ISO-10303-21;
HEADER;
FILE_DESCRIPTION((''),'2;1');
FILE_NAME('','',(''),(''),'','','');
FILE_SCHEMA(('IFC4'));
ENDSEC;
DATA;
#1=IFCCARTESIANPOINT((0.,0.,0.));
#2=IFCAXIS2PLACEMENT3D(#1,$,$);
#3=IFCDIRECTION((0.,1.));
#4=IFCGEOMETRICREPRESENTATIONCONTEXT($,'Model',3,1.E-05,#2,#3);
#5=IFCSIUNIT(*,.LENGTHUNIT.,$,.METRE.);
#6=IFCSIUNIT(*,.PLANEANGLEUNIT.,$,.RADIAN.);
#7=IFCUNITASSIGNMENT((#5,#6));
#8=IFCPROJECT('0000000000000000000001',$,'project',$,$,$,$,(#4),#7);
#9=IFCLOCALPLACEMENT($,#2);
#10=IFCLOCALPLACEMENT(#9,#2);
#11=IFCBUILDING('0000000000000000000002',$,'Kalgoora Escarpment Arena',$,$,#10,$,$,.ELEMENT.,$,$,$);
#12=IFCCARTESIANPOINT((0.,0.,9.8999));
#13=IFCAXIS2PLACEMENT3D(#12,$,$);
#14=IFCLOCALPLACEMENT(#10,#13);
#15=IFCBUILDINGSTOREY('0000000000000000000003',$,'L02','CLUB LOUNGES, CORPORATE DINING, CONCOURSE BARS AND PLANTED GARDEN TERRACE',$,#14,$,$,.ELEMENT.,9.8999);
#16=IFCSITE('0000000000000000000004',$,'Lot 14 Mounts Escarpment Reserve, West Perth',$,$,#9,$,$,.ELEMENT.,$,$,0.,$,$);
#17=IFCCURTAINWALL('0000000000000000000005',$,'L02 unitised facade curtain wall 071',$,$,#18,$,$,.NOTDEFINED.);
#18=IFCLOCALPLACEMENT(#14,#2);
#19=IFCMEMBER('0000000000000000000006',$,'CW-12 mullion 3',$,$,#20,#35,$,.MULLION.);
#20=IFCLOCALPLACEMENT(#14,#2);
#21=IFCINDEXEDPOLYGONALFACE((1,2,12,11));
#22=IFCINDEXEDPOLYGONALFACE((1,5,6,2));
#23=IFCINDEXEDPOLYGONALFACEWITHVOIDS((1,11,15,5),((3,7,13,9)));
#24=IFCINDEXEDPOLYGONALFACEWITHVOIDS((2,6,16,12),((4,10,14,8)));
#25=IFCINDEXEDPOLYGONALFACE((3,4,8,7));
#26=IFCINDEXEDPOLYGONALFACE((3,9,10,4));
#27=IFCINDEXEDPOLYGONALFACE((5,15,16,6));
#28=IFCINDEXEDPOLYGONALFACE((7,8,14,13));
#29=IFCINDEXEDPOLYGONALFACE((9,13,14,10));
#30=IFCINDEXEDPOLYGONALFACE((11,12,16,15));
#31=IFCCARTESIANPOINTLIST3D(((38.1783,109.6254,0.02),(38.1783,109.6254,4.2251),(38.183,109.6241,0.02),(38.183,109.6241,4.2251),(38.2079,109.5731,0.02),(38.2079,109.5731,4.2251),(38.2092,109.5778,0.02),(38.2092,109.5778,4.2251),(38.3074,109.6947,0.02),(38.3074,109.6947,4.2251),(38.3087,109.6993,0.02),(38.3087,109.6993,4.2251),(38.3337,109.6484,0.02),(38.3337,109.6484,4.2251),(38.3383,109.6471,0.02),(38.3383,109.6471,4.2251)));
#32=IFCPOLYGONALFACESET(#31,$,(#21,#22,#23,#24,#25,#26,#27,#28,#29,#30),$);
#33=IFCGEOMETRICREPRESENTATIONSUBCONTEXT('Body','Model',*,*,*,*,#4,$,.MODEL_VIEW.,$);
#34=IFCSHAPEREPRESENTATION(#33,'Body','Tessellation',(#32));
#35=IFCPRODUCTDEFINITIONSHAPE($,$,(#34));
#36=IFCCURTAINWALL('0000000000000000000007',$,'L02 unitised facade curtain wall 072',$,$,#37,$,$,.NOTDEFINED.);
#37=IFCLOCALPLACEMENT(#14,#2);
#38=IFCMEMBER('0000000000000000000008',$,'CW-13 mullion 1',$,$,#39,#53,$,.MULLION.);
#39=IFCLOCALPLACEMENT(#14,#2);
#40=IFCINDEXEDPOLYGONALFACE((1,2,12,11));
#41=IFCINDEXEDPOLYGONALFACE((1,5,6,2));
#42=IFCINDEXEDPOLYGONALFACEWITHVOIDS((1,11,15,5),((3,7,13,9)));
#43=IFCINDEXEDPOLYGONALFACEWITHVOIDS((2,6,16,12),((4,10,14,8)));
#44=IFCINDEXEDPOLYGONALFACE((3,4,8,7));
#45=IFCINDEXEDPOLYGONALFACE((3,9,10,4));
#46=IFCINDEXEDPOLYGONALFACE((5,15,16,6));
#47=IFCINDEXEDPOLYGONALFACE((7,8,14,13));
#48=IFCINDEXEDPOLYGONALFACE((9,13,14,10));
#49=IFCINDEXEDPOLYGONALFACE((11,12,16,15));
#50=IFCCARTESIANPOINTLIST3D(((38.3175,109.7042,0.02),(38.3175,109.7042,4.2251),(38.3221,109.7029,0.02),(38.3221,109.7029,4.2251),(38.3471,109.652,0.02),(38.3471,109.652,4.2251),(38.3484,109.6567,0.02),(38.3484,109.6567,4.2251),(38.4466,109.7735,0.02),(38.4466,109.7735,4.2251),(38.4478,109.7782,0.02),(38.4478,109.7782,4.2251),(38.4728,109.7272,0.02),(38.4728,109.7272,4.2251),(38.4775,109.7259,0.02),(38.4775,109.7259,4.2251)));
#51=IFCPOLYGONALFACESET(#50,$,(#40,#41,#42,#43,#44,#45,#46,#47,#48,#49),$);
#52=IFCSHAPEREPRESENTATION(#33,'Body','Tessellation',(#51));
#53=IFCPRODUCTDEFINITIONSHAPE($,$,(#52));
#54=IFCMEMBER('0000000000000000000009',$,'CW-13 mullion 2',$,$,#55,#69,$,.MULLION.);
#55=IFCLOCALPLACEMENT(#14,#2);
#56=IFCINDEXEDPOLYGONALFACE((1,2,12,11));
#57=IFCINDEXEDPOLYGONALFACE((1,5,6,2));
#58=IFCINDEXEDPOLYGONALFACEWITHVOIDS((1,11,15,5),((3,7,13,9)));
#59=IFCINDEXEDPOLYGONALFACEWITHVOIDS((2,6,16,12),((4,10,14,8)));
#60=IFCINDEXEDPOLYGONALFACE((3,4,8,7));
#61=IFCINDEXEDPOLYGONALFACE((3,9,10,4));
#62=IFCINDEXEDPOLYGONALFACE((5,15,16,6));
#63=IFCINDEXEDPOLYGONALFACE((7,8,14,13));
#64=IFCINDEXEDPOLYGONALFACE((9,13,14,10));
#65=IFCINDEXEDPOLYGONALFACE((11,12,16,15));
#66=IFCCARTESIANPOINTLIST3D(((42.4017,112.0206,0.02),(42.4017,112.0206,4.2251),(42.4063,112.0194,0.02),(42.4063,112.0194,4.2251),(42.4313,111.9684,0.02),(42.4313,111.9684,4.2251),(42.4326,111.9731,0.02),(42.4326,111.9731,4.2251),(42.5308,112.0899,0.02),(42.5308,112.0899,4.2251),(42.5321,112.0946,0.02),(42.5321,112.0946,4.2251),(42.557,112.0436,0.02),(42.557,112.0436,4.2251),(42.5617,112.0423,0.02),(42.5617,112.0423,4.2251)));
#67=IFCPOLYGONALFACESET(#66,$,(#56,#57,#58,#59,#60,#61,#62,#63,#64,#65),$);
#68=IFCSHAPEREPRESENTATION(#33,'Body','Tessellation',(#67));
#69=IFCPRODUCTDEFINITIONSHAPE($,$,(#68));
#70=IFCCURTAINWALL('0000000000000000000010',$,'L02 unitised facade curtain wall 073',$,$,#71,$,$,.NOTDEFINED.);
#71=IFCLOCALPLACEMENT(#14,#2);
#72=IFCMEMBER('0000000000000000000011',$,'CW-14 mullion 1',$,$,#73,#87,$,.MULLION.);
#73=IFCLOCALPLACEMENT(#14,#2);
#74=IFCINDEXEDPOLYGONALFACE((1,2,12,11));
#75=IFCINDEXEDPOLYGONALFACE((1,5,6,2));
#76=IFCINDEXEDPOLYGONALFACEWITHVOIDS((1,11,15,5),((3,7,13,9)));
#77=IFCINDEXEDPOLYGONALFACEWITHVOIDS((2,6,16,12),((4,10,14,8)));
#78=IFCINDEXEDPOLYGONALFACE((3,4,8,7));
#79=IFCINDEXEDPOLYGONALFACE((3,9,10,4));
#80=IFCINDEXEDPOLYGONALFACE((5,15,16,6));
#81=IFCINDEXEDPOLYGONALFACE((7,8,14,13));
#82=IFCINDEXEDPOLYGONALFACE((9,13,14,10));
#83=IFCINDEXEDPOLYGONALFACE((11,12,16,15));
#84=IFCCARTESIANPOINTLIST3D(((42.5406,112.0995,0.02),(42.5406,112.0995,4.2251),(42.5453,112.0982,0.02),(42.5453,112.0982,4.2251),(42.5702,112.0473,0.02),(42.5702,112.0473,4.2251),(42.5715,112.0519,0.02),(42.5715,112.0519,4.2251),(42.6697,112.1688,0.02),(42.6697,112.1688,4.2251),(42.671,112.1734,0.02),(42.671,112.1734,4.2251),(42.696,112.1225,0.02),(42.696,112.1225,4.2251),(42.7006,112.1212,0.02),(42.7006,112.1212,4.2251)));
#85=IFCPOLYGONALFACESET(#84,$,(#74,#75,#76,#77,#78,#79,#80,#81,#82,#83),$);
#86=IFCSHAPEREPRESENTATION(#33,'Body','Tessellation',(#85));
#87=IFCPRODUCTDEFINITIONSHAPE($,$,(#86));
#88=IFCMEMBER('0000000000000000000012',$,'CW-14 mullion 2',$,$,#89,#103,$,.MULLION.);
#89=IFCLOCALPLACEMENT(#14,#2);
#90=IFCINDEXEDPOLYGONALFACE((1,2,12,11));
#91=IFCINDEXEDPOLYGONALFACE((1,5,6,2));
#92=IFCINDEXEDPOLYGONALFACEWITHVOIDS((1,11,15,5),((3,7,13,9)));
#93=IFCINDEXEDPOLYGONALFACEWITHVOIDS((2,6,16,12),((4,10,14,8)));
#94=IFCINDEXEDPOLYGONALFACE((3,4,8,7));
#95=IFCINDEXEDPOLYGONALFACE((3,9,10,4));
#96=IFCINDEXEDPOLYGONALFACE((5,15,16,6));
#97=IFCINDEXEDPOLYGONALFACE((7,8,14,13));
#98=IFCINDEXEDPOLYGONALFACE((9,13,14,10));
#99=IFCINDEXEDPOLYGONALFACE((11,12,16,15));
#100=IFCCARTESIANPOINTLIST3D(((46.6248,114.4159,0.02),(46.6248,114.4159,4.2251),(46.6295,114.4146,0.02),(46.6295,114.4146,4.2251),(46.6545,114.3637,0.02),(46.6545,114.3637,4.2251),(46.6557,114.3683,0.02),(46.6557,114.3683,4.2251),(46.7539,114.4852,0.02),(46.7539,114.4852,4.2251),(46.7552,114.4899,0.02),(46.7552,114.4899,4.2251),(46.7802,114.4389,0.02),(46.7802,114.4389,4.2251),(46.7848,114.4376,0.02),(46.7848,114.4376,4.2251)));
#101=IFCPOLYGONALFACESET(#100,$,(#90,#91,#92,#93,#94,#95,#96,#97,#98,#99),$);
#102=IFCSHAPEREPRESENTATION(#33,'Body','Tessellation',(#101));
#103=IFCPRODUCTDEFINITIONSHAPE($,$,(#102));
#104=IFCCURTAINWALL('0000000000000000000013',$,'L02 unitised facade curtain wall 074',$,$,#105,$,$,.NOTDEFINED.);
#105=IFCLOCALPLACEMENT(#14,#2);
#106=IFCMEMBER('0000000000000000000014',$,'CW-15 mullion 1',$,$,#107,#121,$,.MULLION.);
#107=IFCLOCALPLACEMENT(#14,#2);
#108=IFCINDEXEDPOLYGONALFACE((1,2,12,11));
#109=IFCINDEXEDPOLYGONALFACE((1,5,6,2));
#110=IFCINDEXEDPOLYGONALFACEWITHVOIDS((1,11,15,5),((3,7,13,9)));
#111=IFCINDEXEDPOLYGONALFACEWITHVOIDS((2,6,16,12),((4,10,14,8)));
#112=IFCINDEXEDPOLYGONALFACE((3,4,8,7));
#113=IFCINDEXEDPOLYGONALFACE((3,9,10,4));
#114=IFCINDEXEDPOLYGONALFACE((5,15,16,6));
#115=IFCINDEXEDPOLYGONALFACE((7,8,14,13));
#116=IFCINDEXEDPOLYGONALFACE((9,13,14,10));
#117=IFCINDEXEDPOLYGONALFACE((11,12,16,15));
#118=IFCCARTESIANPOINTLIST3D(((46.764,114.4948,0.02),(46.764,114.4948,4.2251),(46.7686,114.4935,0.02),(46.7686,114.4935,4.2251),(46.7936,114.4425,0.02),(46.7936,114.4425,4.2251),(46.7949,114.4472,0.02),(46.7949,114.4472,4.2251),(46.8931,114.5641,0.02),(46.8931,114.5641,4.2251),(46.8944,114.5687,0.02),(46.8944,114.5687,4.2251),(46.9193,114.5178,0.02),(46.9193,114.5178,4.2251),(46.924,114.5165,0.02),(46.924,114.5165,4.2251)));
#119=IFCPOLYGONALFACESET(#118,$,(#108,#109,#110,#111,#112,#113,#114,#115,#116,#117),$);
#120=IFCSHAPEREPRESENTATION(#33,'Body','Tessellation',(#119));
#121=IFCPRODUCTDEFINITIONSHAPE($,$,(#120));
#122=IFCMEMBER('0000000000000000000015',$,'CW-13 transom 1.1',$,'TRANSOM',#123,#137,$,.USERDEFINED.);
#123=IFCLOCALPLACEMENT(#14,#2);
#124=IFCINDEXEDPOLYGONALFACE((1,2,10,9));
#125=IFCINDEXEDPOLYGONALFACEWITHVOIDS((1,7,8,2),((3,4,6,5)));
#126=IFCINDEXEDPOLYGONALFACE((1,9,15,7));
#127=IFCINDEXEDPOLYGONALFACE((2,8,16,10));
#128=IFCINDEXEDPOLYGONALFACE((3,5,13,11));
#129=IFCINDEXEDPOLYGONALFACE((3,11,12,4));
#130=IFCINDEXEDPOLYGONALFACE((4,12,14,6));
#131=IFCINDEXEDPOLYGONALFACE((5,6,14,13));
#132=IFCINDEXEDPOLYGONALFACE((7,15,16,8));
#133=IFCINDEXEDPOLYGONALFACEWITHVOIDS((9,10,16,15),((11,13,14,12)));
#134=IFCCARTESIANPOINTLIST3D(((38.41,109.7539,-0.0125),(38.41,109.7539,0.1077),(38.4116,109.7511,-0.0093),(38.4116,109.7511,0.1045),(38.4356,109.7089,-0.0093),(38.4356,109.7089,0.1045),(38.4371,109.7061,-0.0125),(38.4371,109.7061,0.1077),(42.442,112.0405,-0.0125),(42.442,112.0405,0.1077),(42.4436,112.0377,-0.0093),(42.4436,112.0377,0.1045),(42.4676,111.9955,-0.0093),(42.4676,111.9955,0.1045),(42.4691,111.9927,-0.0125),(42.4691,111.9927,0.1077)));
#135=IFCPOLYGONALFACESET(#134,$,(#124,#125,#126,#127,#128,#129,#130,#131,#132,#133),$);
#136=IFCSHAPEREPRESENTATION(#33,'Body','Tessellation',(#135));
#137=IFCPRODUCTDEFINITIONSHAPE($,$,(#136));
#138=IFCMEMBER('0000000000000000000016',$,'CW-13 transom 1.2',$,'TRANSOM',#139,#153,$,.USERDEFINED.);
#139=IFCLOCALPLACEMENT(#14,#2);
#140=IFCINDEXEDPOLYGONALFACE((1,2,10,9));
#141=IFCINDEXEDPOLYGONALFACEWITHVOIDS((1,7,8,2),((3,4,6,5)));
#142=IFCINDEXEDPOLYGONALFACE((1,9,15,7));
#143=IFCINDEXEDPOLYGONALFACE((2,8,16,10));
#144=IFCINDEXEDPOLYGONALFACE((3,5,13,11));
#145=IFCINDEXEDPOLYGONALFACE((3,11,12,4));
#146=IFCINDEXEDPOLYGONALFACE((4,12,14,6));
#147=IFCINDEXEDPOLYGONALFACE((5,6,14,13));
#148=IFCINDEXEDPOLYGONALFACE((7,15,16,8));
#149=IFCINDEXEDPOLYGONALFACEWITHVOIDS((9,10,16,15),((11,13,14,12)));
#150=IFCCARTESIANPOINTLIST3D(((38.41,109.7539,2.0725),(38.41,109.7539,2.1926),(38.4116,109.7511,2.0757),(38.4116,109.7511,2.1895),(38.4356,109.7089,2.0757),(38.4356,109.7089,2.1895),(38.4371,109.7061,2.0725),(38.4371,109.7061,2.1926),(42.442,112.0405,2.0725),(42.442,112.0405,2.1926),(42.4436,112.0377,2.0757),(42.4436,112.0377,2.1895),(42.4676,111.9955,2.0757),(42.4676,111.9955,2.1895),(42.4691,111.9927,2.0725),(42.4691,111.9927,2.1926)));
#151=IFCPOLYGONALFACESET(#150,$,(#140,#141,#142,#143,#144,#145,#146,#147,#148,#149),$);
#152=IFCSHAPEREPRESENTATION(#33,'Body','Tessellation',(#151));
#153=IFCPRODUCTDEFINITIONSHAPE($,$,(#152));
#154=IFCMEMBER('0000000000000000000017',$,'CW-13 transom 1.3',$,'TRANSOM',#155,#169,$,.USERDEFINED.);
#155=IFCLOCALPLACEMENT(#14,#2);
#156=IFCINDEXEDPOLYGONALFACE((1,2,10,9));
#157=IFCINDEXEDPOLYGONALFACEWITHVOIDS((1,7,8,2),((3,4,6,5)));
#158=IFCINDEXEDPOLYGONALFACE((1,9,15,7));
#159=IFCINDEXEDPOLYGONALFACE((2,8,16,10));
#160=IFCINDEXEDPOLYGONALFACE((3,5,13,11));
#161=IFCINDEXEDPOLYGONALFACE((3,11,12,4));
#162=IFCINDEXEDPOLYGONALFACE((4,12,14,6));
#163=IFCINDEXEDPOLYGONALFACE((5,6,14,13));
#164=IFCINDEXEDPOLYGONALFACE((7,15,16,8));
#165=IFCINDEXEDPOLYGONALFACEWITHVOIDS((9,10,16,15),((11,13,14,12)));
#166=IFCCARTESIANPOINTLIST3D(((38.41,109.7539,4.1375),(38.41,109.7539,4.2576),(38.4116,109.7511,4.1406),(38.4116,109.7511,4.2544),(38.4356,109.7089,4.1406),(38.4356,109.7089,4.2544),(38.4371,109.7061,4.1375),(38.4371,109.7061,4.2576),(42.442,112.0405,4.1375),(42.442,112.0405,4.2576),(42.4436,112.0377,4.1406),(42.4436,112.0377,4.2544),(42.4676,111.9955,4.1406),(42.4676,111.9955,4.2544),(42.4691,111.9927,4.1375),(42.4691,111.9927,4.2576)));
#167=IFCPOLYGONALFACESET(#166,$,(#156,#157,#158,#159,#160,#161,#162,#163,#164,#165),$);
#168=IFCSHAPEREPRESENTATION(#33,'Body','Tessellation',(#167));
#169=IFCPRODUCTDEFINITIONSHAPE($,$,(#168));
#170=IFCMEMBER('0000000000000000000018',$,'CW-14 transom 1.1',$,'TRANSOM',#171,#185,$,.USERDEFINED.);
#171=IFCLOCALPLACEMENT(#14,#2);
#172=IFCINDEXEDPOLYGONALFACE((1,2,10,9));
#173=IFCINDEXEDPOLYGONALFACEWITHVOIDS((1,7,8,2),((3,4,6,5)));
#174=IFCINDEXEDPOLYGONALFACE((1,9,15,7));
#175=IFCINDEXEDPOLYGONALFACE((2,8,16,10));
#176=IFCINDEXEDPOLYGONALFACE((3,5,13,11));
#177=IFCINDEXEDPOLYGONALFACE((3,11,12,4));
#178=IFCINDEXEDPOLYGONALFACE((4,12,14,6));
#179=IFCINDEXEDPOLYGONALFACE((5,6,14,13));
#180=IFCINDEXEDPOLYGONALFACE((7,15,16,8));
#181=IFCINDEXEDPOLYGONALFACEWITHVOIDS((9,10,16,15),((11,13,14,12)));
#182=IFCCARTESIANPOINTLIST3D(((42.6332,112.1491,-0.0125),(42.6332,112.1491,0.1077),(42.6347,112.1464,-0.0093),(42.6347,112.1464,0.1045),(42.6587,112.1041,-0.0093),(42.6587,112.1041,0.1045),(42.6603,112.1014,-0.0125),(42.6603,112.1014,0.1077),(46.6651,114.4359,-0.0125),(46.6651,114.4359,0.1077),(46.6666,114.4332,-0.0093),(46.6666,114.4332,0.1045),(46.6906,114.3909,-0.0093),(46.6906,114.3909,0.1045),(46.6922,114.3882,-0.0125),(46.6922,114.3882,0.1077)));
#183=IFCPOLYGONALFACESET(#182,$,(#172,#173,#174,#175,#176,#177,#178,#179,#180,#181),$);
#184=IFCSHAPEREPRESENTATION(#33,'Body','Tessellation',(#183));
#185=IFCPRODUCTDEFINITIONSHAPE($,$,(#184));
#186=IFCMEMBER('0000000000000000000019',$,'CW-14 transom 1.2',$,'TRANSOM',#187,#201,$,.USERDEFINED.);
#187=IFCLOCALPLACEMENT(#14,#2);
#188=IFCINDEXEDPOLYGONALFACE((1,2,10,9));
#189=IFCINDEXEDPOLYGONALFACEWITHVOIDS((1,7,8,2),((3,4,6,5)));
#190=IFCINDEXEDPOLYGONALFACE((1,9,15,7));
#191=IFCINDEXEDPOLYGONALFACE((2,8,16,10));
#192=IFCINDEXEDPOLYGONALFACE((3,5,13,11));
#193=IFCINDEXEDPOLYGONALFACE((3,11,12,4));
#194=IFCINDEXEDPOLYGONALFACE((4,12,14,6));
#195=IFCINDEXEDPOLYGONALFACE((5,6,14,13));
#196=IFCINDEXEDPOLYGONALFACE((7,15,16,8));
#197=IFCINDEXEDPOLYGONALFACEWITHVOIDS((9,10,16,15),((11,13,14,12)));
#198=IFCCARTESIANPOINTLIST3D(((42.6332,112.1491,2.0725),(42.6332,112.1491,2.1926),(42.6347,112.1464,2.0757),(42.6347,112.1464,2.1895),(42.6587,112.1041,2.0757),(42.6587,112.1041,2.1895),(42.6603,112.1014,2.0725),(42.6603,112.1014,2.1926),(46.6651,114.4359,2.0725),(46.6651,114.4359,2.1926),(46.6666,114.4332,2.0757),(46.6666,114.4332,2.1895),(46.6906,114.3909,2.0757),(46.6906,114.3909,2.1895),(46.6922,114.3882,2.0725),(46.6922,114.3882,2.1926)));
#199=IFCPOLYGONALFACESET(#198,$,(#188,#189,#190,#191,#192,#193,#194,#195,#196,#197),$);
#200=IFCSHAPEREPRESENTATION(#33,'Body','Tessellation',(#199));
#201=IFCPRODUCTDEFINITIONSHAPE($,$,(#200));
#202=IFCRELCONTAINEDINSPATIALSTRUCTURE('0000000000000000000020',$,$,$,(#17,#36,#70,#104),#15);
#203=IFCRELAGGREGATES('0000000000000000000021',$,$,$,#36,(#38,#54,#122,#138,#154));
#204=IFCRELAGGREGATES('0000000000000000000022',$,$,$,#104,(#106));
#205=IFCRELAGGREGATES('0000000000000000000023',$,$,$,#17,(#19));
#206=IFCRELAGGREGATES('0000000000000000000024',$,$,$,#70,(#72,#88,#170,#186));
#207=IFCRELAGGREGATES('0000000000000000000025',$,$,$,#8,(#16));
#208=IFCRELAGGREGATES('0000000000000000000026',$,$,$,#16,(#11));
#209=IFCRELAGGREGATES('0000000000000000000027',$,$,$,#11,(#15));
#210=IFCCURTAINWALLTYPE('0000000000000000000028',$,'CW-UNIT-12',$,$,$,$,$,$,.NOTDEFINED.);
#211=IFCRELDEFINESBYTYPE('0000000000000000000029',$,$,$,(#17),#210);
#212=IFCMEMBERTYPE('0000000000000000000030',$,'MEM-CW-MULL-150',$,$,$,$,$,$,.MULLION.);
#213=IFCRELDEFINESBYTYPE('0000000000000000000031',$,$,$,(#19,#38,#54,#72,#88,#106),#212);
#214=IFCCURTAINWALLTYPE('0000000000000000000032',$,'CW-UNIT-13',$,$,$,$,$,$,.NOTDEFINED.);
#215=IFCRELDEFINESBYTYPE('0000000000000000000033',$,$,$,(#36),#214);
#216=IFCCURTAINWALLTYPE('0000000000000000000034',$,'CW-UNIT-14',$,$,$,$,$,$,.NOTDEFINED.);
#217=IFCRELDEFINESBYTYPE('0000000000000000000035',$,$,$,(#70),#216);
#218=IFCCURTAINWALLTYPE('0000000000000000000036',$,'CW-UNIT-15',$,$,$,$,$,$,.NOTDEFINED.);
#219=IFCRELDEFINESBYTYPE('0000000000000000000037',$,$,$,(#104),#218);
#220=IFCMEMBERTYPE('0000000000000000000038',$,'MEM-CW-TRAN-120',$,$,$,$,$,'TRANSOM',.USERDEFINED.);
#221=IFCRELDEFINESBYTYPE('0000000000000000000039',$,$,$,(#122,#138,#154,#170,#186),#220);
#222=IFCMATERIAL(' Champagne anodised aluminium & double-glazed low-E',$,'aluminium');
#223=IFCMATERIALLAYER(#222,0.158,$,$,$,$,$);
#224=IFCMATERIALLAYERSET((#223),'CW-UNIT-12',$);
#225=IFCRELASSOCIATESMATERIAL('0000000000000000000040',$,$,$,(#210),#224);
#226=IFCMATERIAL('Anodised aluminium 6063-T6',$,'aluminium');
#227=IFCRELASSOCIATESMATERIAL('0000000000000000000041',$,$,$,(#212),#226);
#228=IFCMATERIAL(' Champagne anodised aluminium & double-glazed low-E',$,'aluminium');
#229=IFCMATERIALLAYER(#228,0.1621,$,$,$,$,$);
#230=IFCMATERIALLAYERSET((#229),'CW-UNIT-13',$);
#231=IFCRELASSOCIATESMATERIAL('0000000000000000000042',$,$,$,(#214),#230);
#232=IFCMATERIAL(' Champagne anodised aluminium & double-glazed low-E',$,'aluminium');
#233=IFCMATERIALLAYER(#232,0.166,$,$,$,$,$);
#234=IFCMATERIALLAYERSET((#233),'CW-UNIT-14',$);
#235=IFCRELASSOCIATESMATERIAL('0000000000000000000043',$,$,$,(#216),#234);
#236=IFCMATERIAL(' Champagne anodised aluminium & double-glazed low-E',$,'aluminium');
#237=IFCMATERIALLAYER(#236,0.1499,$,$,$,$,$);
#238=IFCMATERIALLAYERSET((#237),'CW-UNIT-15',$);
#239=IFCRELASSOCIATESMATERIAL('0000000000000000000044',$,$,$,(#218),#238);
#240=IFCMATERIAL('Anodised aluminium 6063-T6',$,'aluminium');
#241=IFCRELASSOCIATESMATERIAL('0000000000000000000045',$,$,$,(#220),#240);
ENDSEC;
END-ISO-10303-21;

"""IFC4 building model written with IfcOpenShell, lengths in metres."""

from ifc_helpers import new_model, si_unit, direction, frame, origin, origin_2d, place, context, subcontext, project, spatial, hollow_rectangle, extrude, material, layer, layer_set, material_profile, profile_set, type_object, element, aggregate, save


model = new_model("IFC4")

# Units and contexts
model_context = context("Model", 3, precision=1e-05, world=origin(), true_north=direction((0.0, 1.0)))
body_context = subcontext(model_context, "Body", "Model", "MODEL_VIEW")
ifc_project = project(units=[si_unit("LENGTHUNIT", "METRE"), si_unit("PLANEANGLEUNIT", "RADIAN")], contexts=[model_context])

# Site, building, storey
site_placement = place(None, origin())
site = spatial("IfcSite", under=ifc_project, at=site_placement, Name="Lot 14 Mounts Escarpment Reserve, West Perth", CompositionType="ELEMENT", RefElevation=0.0)
building_placement = place(site_placement, origin())
building = spatial("IfcBuilding", under=site, at=building_placement, Name="Kalgoora Escarpment Arena", CompositionType="ELEMENT")
storey_placement = place(building_placement, frame((0.0, 0.0, 9.8999)))
storey = spatial("IfcBuildingStorey", under=building, at=storey_placement, Name="L02", Description="CLUB LOUNGES, CORPORATE DINING, CONCOURSE BARS AND PLANTED GARDEN TERRACE", CompositionType="ELEMENT", Elevation=9.8999)

# Curtain wall, member
ifc_material_1 = material(Name=" Champagne anodised aluminium & double-glazed low-E", Category="aluminium")
ifc_layer_1 = layer(ifc_material_1, 0.158)
ifc_layer_set_1 = layer_set([ifc_layer_1], Name="CW-UNIT-12")
curtain_wall_type_1 = type_object("IfcCurtainWallType", Name="CW-UNIT-12", PredefinedType="NOTDEFINED", material=ifc_layer_set_1)
curtain_wall_1_placement = place(storey_placement, origin())
curtain_wall_1 = element("IfcCurtainWall", 1, at=curtain_wall_1_placement, inside=storey, type_object=curtain_wall_type_1, Name="L02 unitised facade curtain wall 071", PredefinedType="NOTDEFINED")
ifc_material_2 = material(Name="Anodised aluminium 6063-T6", Category="aluminium")
ifc_material_profile_1 = material_profile(ifc_material_2, hollow_rectangle(XDim=0.0601, YDim=0.1499, WallThickness=0.0034, at=origin_2d()))
ifc_profile_set_1 = profile_set([ifc_material_profile_1], Name="Anodised aluminium 6063-T6")
member_type_1 = type_object("IfcMemberType", Name="MEM-CW-MULL-150", PredefinedType="MULLION", material=ifc_profile_set_1)
member_1_placement = place(storey_placement, frame((38.2583, 109.6362, 0.02), z_axis=(0.0, 0.0, 1.0), x_axis=(-0.493344, 0.869834, 0.0)))
member_1 = element("IfcMember", 2, at=member_1_placement, type_object=member_type_1, Name="CW-12 mullion 3", PredefinedType="MULLION", context=body_context, shape_type="SweptSolid", body=[
    extrude(hollow_rectangle(XDim=0.0601, YDim=0.1499, WallThickness=0.0034, at=origin_2d()), origin(), (0.0, 0.0, 1.0), 4.2051),
])

# Curtain walls, members
ifc_material_3 = material(Name=" Champagne anodised aluminium & double-glazed low-E", Category="aluminium")
ifc_layer_2 = layer(ifc_material_3, 0.1621)
ifc_layer_set_2 = layer_set([ifc_layer_2], Name="CW-UNIT-13")
curtain_wall_type_2 = type_object("IfcCurtainWallType", Name="CW-UNIT-13", PredefinedType="NOTDEFINED", material=ifc_layer_set_2)
curtain_wall_2_placement = place(storey_placement, origin())
curtain_wall_2 = element("IfcCurtainWall", 3, at=curtain_wall_2_placement, inside=storey, type_object=curtain_wall_type_2, Name="L02 unitised facade curtain wall 072", PredefinedType="NOTDEFINED")
member_2_placement = place(storey_placement, frame((38.3975, 109.7151, 0.02), z_axis=(0.0, 0.0, 1.0), x_axis=(-0.49333, 0.869842, 0.0)))
member_2 = element("IfcMember", 4, at=member_2_placement, type_object=member_type_1, Name="CW-13 mullion 1", PredefinedType="MULLION", context=body_context, shape_type="SweptSolid", body=[
    extrude(hollow_rectangle(XDim=0.0601, YDim=0.1499, WallThickness=0.0034, at=origin_2d()), origin(), (0.0, 0.0, 1.0), 4.2051),
])
member_3_placement = place(storey_placement, frame((42.4817, 112.0315, 0.02), z_axis=(0.0, 0.0, 1.0), x_axis=(-0.49333, 0.869842, 0.0)))
member_3 = element("IfcMember", 5, at=member_3_placement, type_object=member_type_1, Name="CW-13 mullion 2", PredefinedType="MULLION", context=body_context, shape_type="SweptSolid", body=[
    extrude(hollow_rectangle(XDim=0.0601, YDim=0.1499, WallThickness=0.0034, at=origin_2d()), origin(), (0.0, 0.0, 1.0), 4.2051),
])
ifc_material_4 = material(Name=" Champagne anodised aluminium & double-glazed low-E", Category="aluminium")
ifc_layer_3 = layer(ifc_material_4, 0.166)
ifc_layer_set_3 = layer_set([ifc_layer_3], Name="CW-UNIT-14")
curtain_wall_type_3 = type_object("IfcCurtainWallType", Name="CW-UNIT-14", PredefinedType="NOTDEFINED", material=ifc_layer_set_3)
curtain_wall_3_placement = place(storey_placement, origin())
curtain_wall_3 = element("IfcCurtainWall", 6, at=curtain_wall_3_placement, inside=storey, type_object=curtain_wall_type_3, Name="L02 unitised facade curtain wall 073", PredefinedType="NOTDEFINED")
member_4_placement = place(storey_placement, frame((42.6206, 112.1104, 0.02), z_axis=(0.0, 0.0, 1.0), x_axis=(-0.493346, 0.869833, 0.0)))
member_4 = element("IfcMember", 7, at=member_4_placement, type_object=member_type_1, Name="CW-14 mullion 1", PredefinedType="MULLION", context=body_context, shape_type="SweptSolid", body=[
    extrude(hollow_rectangle(XDim=0.0601, YDim=0.1499, WallThickness=0.0034, at=origin_2d()), origin(), (0.0, 0.0, 1.0), 4.2051),
])
member_5_placement = place(storey_placement, frame((46.7048, 114.4268, 0.02), z_axis=(0.0, 0.0, 1.0), x_axis=(-0.493346, 0.869833, 0.0)))
member_5 = element("IfcMember", 8, at=member_5_placement, type_object=member_type_1, Name="CW-14 mullion 2", PredefinedType="MULLION", context=body_context, shape_type="SweptSolid", body=[
    extrude(hollow_rectangle(XDim=0.0601, YDim=0.1499, WallThickness=0.0034, at=origin_2d()), origin(), (0.0, 0.0, 1.0), 4.2051),
])

# Curtain wall, member
ifc_material_5 = material(Name=" Champagne anodised aluminium & double-glazed low-E", Category="aluminium")
ifc_layer_4 = layer(ifc_material_5, 0.1499)
ifc_layer_set_4 = layer_set([ifc_layer_4], Name="CW-UNIT-15")
curtain_wall_type_4 = type_object("IfcCurtainWallType", Name="CW-UNIT-15", PredefinedType="NOTDEFINED", material=ifc_layer_set_4)
curtain_wall_4_placement = place(storey_placement, origin())
curtain_wall_4 = element("IfcCurtainWall", 9, at=curtain_wall_4_placement, inside=storey, type_object=curtain_wall_type_4, Name="L02 unitised facade curtain wall 074", PredefinedType="NOTDEFINED")
member_6_placement = place(storey_placement, frame((46.844, 114.5056, 0.02), z_axis=(0.0, 0.0, 1.0), x_axis=(-0.493344, 0.869834, 0.0)))
member_6 = element("IfcMember", 10, at=member_6_placement, type_object=member_type_1, Name="CW-15 mullion 1", PredefinedType="MULLION", context=body_context, shape_type="SweptSolid", body=[
    extrude(hollow_rectangle(XDim=0.0601, YDim=0.1499, WallThickness=0.0034, at=origin_2d()), origin(), (0.0, 0.0, 1.0), 4.2051),
])

# Members
ifc_material_6 = material(Name="Anodised aluminium 6063-T6", Category="aluminium")
ifc_material_profile_2 = material_profile(ifc_material_6, hollow_rectangle(XDim=0.0549, YDim=0.1201, WallThickness=0.0032, at=origin_2d()))
ifc_profile_set_2 = profile_set([ifc_material_profile_2], Name="Anodised aluminium 6063-T6")
member_type_2 = type_object("IfcMemberType", Name="MEM-CW-TRAN-120", ElementType="TRANSOM", PredefinedType="USERDEFINED", material=ifc_profile_set_2)
member_7_placement = place(storey_placement, frame((38.4236, 109.73, 0.0476), z_axis=(0.869853, 0.493312, 0.0), x_axis=(-0.493312, 0.869853, 0.0)))
member_7 = element("IfcMember", 11, at=member_7_placement, type_object=member_type_2, Name="CW-13 transom 1.1", ObjectType="TRANSOM", PredefinedType="USERDEFINED", context=body_context, shape_type="SweptSolid", body=[
    extrude(hollow_rectangle(XDim=0.0549, YDim=0.1201, WallThickness=0.0032, at=origin_2d()), origin(), (0.0, 0.0, 1.0), 4.6353),
])
member_8_placement = place(storey_placement, frame((38.4236, 109.73, 2.1326), z_axis=(0.869853, 0.493312, 0.0), x_axis=(-0.493312, 0.869853, 0.0)))
member_8 = element("IfcMember", 12, at=member_8_placement, type_object=member_type_2, Name="CW-13 transom 1.2", ObjectType="TRANSOM", PredefinedType="USERDEFINED", context=body_context, shape_type="SweptSolid", body=[
    extrude(hollow_rectangle(XDim=0.0549, YDim=0.1201, WallThickness=0.0032, at=origin_2d()), origin(), (0.0, 0.0, 1.0), 4.6353),
])
member_9_placement = place(storey_placement, frame((38.4236, 109.73, 4.1975), z_axis=(0.869853, 0.493312, 0.0), x_axis=(-0.493312, 0.869853, 0.0)))
member_9 = element("IfcMember", 13, at=member_9_placement, type_object=member_type_2, Name="CW-13 transom 1.3", ObjectType="TRANSOM", PredefinedType="USERDEFINED", context=body_context, shape_type="SweptSolid", body=[
    extrude(hollow_rectangle(XDim=0.0549, YDim=0.1201, WallThickness=0.0032, at=origin_2d()), origin(), (0.0, 0.0, 1.0), 4.6353),
])
member_10_placement = place(storey_placement, frame((42.6467, 112.1252, 0.0476), z_axis=(0.86983, 0.493351, 0.0), x_axis=(-0.493351, 0.86983, 0.0)))
member_10 = element("IfcMember", 14, at=member_10_placement, type_object=member_type_2, Name="CW-14 transom 1.1", ObjectType="TRANSOM", PredefinedType="USERDEFINED", context=body_context, shape_type="SweptSolid", body=[
    extrude(hollow_rectangle(XDim=0.0549, YDim=0.1201, WallThickness=0.0032, at=origin_2d()), origin(), (0.0, 0.0, 1.0), 4.6353),
])
member_11_placement = place(storey_placement, frame((42.6467, 112.1252, 2.1326), z_axis=(0.86983, 0.493351, 0.0), x_axis=(-0.493351, 0.86983, 0.0)))
member_11 = element("IfcMember", 15, at=member_11_placement, type_object=member_type_2, Name="CW-14 transom 1.2", ObjectType="TRANSOM", PredefinedType="USERDEFINED", context=body_context, shape_type="SweptSolid", body=[
    extrude(hollow_rectangle(XDim=0.0549, YDim=0.1201, WallThickness=0.0032, at=origin_2d()), origin(), (0.0, 0.0, 1.0), 4.6353),
])

aggregate(curtain_wall_2, [member_2, member_3, member_7, member_8, member_9])
aggregate(curtain_wall_4, [member_6])
aggregate(curtain_wall_1, [member_1])
aggregate(curtain_wall_3, [member_4, member_5, member_10, member_11])

save(model, "model.ifc")
